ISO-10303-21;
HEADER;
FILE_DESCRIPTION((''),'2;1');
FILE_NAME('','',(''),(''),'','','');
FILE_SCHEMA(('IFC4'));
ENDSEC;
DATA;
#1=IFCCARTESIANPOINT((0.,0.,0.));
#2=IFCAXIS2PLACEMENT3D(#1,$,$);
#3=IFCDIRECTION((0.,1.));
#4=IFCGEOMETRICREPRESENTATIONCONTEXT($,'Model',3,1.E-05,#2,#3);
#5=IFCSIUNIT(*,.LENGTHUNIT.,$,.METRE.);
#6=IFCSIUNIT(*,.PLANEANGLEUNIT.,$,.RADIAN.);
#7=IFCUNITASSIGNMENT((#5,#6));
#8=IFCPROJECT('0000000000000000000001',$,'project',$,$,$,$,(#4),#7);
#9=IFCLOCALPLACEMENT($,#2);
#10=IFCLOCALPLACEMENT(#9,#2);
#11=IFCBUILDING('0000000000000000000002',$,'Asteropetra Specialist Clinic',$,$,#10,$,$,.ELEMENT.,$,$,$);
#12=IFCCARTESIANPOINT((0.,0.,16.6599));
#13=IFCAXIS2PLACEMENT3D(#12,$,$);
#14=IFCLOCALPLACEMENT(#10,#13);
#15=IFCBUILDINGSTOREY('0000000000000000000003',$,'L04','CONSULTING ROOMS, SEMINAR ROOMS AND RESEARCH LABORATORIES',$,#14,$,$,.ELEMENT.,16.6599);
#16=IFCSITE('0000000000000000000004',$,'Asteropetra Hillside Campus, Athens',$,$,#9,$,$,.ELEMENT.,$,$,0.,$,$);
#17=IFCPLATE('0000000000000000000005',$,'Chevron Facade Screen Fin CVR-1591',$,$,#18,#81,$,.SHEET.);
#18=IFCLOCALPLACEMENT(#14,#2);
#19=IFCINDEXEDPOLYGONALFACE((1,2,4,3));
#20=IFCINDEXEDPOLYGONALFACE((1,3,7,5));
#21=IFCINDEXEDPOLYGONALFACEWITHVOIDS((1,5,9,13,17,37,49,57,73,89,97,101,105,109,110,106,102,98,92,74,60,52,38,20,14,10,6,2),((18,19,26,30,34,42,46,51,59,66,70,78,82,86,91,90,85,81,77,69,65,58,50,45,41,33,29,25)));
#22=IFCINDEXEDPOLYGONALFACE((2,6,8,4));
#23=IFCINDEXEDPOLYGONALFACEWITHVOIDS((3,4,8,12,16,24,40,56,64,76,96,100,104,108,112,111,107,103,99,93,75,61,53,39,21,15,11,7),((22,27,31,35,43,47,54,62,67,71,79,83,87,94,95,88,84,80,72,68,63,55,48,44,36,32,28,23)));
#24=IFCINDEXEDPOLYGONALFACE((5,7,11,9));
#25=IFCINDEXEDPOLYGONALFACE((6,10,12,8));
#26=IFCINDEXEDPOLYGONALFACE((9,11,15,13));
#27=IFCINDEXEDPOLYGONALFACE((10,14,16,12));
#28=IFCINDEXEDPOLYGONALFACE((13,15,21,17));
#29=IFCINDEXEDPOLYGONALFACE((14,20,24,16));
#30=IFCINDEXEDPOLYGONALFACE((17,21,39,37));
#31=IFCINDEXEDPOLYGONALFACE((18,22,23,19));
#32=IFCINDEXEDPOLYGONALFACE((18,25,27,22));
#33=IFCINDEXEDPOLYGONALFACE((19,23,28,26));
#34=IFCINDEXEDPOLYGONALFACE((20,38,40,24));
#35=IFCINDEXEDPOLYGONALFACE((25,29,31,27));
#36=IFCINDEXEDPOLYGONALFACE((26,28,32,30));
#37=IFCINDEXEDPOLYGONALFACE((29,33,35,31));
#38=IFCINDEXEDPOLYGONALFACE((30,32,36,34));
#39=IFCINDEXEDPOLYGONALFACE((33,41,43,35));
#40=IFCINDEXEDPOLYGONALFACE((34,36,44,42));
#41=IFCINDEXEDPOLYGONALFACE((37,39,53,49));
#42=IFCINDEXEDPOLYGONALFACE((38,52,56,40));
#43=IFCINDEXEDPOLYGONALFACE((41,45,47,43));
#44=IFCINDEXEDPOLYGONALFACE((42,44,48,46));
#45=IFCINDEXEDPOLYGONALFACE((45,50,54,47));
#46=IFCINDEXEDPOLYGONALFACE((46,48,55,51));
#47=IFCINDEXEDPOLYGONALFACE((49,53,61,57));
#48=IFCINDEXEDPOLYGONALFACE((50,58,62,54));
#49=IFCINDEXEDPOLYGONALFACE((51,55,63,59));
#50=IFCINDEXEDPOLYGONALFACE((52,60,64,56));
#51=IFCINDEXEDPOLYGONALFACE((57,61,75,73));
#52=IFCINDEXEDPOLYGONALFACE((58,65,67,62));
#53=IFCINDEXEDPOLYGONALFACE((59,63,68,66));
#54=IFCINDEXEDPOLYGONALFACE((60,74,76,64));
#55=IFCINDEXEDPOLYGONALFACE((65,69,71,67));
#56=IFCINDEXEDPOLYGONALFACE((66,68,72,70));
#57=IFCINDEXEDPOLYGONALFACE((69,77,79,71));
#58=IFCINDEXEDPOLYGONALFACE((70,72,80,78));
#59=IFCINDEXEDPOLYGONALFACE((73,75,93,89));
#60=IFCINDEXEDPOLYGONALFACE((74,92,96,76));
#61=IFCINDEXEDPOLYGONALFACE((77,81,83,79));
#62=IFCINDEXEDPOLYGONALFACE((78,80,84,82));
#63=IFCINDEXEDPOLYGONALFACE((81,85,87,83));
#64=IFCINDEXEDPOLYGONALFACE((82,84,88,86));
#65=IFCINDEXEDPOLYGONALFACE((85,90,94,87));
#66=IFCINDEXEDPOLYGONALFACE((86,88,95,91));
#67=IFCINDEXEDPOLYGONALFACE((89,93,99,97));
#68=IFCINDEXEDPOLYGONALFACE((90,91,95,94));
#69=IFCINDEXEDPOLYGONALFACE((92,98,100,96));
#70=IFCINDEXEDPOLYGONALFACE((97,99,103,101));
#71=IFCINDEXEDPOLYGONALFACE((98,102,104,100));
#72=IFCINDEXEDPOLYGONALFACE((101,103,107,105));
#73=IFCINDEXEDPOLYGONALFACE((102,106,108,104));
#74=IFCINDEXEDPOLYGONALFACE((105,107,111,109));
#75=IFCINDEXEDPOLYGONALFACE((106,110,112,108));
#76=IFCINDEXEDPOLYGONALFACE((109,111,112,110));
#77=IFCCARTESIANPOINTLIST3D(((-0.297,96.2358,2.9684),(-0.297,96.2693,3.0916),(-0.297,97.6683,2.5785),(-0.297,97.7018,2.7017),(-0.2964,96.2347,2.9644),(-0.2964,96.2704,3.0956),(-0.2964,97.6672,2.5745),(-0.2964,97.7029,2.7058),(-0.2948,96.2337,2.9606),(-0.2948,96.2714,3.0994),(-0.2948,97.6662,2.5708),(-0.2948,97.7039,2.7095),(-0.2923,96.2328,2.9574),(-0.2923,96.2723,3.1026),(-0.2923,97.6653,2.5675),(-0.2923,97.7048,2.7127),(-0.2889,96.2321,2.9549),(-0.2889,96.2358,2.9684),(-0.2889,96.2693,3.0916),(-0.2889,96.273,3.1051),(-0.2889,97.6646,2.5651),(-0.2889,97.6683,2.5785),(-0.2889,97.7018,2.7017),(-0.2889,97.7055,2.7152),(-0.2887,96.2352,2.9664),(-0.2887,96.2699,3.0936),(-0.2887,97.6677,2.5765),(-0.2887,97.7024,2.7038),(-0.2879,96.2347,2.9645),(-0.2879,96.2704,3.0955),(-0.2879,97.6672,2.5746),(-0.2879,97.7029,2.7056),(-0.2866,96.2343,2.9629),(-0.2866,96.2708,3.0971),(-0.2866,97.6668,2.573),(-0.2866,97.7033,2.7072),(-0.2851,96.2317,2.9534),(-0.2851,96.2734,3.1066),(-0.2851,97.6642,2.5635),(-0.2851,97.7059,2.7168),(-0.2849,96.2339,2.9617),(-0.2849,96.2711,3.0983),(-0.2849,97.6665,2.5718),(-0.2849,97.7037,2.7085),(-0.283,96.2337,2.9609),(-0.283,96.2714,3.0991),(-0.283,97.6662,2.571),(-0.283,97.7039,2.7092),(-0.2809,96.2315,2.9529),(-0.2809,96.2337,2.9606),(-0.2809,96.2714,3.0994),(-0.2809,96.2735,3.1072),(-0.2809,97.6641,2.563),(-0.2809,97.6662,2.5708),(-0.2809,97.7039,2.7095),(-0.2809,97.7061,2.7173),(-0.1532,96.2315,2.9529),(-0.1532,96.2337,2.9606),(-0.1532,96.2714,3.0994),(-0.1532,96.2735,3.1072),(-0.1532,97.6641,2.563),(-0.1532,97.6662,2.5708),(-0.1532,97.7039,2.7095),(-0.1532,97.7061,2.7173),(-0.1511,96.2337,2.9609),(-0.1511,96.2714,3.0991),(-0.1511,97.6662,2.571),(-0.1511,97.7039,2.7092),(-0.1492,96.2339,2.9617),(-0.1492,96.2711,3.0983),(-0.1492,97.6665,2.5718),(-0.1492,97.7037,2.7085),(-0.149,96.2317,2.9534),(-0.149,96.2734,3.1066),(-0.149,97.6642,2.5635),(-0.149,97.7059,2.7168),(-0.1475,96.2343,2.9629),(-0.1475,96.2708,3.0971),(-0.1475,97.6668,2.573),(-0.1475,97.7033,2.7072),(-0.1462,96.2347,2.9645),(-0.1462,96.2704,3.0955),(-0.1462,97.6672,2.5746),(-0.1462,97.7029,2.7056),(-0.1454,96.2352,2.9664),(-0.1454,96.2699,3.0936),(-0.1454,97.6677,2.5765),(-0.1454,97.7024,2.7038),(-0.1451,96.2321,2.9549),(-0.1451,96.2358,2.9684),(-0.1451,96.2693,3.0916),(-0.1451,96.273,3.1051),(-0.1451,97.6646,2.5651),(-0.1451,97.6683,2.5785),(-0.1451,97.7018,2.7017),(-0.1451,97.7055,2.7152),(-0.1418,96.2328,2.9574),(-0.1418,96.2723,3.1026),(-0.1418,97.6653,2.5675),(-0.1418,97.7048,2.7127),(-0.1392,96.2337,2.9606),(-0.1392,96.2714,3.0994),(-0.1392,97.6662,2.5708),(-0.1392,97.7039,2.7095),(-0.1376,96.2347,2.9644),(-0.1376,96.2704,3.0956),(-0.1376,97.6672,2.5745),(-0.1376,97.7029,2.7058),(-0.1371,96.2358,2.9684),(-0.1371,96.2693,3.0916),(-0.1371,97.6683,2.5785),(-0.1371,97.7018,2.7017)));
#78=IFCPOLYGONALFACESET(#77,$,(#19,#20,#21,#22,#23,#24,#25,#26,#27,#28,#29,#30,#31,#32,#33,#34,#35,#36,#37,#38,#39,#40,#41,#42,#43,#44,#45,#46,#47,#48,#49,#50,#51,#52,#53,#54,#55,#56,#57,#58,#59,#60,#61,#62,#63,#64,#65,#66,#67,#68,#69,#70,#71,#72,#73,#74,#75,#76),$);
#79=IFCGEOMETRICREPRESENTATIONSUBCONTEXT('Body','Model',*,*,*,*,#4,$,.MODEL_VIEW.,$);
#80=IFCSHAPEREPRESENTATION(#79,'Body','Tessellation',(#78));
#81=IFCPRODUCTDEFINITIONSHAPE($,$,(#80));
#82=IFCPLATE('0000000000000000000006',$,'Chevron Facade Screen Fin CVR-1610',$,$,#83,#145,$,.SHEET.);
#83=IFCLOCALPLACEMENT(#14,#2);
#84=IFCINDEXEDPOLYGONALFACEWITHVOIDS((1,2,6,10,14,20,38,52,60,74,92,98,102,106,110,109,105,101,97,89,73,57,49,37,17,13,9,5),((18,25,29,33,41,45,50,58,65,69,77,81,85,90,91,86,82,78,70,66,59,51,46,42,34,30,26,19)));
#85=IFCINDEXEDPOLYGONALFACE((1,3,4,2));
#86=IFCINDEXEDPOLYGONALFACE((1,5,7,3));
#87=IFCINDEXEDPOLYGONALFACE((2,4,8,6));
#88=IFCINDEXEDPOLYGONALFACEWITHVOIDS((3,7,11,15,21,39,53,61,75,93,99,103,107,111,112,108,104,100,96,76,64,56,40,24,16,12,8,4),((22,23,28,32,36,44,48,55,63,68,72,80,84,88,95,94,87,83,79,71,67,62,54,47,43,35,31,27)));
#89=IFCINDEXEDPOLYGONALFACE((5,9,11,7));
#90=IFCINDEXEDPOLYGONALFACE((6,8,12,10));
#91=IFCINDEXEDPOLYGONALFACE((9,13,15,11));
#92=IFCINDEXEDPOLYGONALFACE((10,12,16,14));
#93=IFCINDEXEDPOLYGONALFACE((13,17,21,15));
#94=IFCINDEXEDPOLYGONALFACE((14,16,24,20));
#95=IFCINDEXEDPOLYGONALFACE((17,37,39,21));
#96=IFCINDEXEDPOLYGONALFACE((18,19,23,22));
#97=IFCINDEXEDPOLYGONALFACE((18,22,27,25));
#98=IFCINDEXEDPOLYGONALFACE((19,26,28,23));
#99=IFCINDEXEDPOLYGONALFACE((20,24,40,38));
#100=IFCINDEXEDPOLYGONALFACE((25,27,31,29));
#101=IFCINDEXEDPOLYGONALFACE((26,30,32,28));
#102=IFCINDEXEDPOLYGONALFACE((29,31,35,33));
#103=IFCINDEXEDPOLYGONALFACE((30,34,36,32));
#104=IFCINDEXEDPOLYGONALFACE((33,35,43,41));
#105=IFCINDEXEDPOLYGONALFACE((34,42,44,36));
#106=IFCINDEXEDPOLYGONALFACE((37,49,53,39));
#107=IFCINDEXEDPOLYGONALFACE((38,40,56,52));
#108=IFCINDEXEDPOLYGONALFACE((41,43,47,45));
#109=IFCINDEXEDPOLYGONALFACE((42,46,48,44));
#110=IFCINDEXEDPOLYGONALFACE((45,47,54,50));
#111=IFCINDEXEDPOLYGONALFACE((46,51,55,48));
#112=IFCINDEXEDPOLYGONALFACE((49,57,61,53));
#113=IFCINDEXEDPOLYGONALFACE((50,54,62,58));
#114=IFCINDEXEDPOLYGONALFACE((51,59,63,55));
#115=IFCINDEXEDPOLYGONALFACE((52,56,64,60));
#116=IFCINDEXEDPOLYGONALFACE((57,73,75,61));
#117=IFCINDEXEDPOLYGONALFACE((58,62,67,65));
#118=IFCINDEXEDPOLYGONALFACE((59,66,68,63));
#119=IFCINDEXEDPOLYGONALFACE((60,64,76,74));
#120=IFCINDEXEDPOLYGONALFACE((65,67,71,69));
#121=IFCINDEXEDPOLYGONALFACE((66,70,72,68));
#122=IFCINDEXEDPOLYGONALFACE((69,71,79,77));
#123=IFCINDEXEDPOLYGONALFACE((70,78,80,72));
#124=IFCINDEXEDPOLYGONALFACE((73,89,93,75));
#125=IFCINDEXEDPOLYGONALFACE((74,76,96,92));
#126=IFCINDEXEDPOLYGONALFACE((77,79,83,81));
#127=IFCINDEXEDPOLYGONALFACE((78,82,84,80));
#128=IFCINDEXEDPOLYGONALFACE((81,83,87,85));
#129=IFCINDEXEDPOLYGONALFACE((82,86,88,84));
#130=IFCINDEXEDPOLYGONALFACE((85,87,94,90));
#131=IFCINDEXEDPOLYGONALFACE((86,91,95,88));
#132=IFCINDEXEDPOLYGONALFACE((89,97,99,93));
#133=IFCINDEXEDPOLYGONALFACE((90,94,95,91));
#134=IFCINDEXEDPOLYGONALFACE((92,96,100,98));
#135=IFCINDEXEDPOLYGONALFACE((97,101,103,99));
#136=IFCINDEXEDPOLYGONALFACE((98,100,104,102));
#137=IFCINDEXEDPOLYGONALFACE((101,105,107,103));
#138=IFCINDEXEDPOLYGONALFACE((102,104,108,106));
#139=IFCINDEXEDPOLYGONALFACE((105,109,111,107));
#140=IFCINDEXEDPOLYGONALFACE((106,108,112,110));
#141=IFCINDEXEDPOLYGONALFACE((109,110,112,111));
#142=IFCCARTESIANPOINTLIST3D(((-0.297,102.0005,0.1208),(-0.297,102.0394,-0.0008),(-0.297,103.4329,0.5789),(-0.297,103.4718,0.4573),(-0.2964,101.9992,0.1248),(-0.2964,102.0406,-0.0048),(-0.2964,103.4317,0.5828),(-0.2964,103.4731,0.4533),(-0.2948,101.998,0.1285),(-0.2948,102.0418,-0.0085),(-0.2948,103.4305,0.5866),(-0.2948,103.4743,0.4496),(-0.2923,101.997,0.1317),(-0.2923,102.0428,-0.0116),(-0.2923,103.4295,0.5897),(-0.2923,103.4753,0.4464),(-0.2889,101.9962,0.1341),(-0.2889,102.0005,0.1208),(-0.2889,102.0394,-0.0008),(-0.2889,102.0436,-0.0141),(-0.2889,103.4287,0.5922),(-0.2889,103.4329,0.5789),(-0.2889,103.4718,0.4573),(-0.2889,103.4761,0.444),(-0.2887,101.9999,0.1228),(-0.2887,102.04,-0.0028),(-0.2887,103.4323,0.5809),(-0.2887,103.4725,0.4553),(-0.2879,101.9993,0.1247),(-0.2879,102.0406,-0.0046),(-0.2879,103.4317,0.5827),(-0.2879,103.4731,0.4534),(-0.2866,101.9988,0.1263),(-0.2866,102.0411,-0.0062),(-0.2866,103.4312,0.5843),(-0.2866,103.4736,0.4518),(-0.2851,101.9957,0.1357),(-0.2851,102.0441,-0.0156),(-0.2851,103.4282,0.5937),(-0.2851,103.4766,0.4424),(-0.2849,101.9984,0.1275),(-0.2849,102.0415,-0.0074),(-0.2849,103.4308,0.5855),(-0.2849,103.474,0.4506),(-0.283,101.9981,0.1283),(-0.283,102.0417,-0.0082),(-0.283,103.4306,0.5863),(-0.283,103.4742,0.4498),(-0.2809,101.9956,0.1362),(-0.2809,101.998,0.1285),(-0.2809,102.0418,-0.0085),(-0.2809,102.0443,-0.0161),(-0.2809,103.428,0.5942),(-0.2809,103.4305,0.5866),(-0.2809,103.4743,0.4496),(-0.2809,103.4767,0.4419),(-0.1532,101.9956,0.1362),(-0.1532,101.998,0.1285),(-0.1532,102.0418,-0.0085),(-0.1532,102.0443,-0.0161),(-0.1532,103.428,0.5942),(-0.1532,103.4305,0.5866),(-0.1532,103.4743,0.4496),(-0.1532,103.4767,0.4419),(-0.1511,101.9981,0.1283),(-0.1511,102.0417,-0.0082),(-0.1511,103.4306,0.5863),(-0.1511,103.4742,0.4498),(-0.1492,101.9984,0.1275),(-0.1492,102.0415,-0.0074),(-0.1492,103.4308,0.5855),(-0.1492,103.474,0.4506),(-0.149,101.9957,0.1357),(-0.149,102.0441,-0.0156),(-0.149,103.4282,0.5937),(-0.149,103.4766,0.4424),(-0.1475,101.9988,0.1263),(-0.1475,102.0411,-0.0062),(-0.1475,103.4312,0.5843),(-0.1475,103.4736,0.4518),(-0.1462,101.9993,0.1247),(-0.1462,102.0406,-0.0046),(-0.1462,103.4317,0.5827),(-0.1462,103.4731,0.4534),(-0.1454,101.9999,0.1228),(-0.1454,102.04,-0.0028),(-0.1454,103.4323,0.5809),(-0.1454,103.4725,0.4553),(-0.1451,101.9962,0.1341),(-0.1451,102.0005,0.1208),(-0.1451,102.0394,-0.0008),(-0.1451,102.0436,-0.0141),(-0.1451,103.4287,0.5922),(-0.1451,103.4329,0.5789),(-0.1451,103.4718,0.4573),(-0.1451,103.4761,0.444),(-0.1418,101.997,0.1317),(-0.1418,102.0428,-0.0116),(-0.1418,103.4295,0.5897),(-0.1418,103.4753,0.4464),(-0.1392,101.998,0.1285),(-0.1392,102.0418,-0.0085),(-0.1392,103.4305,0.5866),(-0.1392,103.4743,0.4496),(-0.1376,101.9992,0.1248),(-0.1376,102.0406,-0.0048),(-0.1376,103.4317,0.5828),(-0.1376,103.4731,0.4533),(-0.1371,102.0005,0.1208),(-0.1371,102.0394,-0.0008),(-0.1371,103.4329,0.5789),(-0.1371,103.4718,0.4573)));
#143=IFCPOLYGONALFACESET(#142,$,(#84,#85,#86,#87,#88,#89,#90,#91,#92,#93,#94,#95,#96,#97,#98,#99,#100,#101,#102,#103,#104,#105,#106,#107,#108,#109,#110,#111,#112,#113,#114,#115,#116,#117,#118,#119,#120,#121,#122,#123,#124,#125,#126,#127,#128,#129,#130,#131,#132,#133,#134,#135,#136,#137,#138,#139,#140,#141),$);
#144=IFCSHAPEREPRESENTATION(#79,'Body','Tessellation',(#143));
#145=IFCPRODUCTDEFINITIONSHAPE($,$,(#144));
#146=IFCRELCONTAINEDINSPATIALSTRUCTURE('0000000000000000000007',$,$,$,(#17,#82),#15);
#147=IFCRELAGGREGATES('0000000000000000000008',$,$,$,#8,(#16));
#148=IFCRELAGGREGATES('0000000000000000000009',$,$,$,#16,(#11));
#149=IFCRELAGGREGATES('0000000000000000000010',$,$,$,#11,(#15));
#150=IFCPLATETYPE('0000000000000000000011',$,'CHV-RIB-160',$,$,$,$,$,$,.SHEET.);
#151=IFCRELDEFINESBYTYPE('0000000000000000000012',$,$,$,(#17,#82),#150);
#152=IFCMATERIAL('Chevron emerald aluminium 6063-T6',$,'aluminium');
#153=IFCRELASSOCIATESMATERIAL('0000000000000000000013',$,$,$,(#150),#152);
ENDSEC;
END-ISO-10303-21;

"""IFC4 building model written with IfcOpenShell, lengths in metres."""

from ifc_helpers import new_model, si_unit, direction, frame, origin, origin_2d, place, context, subcontext, project, spatial, hollow_rectangle, extrude, material, material_profile, profile_set, type_object, element, save


model = new_model("IFC4")

# Units and contexts
model_context = context("Model", 3, precision=1e-05, world=origin(), true_north=direction((0.0, 1.0)))
body_context = subcontext(model_context, "Body", "Model", "MODEL_VIEW")
ifc_project = project(units=[si_unit("LENGTHUNIT", "METRE"), si_unit("PLANEANGLEUNIT", "RADIAN")], contexts=[model_context])

# Site, building, storey
site_placement = place(None, origin())
site = spatial("IfcSite", under=ifc_project, at=site_placement, Name="Asteropetra Hillside Campus, Athens", CompositionType="ELEMENT", RefElevation=0.0)
building_placement = place(site_placement, origin())
building = spatial("IfcBuilding", under=site, at=building_placement, Name="Asteropetra Specialist Clinic", CompositionType="ELEMENT")
storey_placement = place(building_placement, frame((0.0, 0.0, 16.6599)))
storey = spatial("IfcBuildingStorey", under=building, at=storey_placement, Name="L04", Description="CONSULTING ROOMS, SEMINAR ROOMS AND RESEARCH LABORATORIES", CompositionType="ELEMENT", Elevation=16.6599)

# Plates
ifc_material_1 = material(Name="Chevron emerald aluminium 6063-T6", Category="aluminium")
ifc_material_profile = material_profile(ifc_material_1, hollow_rectangle(XDim=0.1599, YDim=0.1599, WallThickness=0.0081, InnerFilletRadius=0.0081, OuterFilletRadius=0.0161, at=origin_2d()), Name="SHS 160x160x8.0")
ifc_profile_set = profile_set([ifc_material_profile], Name="Chevron emerald aluminium 6063-T6")
plate_type_1 = type_object("IfcPlateType", Name="CHV-RIB-160", PredefinedType="SHEET", material=ifc_profile_set)
plate_1_placement = place(storey_placement, frame((-0.217, 97.6851, 2.6401), z_axis=(0.0, -0.964904, 0.262603), x_axis=(1.0, 0.0, 0.0)))
element("IfcPlate", 1, at=plate_1_placement, inside=storey, type_object=plate_type_1, Name="Chevron Facade Screen Fin CVR-1591", PredefinedType="SHEET", context=body_context, shape_type="SweptSolid", body=[
    extrude(hollow_rectangle(XDim=0.1599, YDim=0.1599, WallThickness=0.0081, InnerFilletRadius=0.0081, OuterFilletRadius=0.0161, at=origin_2d()), origin(), (0.0, 0.0, 1.0), 1.4846),
])
for number, where, z_axis, x_axis, name in (
    (2, (-0.217, 103.4524, 0.5181), (0.0, -0.952492, -0.304564), (1.0, 0.0, 0.0), "Chevron Facade Screen Fin CVR-1610"),
):
    element("IfcPlate", number, at=place(storey_placement, frame(where, z_axis=z_axis, x_axis=x_axis)), inside=storey, type_object=plate_type_1, Name=name, PredefinedType="SHEET", context=body_context, shape_type="SweptSolid", body=[
        extrude(hollow_rectangle(XDim=0.1599, YDim=0.1599, WallThickness=0.0081, InnerFilletRadius=0.0081, OuterFilletRadius=0.0161, at=origin_2d()), origin(), (0.0, 0.0, 1.0), 1.5039),
    ])

save(model, "model.ifc")
